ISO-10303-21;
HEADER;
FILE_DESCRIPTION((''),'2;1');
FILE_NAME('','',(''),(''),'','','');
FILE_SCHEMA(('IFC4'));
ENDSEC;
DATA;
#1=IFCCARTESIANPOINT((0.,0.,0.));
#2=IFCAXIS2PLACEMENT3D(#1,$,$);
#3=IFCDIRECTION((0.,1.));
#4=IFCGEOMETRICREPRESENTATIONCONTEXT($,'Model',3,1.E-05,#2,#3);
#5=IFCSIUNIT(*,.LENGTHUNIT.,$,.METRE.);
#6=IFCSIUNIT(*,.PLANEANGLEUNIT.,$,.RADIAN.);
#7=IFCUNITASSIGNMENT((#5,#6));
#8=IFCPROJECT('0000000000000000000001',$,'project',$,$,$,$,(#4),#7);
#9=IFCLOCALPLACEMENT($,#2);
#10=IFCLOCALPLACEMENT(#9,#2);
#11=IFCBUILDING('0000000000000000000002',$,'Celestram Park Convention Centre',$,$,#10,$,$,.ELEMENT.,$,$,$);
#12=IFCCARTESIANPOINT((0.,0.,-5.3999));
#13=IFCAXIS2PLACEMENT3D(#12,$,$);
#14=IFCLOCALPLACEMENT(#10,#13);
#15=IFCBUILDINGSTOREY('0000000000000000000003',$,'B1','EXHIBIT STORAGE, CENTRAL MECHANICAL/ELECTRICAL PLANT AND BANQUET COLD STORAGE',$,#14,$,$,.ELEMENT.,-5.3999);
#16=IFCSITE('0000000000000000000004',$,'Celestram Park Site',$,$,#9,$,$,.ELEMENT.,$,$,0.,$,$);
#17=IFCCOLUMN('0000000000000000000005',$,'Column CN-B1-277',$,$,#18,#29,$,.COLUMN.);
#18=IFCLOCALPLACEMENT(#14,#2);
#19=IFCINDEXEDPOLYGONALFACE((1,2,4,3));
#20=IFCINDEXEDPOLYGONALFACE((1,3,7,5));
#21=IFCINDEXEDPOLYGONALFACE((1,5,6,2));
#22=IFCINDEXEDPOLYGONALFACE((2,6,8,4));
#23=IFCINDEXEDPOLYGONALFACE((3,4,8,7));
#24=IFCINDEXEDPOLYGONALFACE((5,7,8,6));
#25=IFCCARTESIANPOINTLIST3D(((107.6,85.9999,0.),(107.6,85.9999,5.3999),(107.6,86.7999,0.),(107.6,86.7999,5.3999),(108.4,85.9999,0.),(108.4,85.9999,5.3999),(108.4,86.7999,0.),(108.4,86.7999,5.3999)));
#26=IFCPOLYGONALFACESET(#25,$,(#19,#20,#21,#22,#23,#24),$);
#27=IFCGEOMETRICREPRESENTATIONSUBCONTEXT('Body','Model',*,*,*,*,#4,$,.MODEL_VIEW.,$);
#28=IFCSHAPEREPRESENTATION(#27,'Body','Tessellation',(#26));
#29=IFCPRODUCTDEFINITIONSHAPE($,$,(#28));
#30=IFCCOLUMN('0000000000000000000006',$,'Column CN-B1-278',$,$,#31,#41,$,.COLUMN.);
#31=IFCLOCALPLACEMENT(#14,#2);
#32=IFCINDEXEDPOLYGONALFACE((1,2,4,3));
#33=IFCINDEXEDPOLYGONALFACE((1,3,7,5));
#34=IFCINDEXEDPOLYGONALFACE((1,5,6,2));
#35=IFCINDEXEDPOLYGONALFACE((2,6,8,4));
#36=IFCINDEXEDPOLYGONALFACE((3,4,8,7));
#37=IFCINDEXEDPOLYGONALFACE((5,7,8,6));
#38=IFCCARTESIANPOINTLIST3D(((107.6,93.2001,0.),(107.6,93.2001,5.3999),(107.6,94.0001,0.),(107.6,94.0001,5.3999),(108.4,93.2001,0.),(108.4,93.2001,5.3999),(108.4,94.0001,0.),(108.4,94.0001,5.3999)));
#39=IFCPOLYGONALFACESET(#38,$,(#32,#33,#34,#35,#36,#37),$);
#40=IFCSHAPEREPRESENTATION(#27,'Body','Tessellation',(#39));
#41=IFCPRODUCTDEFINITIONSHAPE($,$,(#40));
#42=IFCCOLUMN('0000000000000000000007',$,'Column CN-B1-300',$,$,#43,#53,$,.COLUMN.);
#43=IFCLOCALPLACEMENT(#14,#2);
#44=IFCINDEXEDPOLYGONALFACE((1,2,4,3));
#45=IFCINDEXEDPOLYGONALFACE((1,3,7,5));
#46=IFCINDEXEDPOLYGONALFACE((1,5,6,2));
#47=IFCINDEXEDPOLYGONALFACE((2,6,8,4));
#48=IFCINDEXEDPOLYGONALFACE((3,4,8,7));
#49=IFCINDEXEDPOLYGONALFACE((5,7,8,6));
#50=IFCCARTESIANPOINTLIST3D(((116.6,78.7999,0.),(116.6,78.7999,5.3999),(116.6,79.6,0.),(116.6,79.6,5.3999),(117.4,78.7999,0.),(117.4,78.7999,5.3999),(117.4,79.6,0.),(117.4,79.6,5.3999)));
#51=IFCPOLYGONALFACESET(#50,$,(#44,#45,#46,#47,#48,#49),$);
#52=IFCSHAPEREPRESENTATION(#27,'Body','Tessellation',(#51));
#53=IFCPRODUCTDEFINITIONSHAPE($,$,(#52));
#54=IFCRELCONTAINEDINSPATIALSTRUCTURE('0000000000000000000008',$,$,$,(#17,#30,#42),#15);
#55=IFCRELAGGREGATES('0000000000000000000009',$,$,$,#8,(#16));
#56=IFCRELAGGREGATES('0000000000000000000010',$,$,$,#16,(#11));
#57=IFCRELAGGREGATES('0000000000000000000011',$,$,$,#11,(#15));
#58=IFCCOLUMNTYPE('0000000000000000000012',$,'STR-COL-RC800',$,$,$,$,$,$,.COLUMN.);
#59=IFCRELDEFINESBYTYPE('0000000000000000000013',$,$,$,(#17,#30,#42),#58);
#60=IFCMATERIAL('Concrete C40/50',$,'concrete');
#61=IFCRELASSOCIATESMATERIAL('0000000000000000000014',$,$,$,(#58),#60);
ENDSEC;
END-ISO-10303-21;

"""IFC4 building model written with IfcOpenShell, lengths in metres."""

from ifc_helpers import new_model, si_unit, direction, frame, origin, origin_2d, place, context, subcontext, project, spatial, rectangle, extrude, material, material_profile, profile_set, type_object, element, save


model = new_model("IFC4")

# Units and contexts
model_context = context("Model", 3, precision=1e-05, world=origin(), true_north=direction((0.0, 1.0)))
body_context = subcontext(model_context, "Body", "Model", "MODEL_VIEW")
ifc_project = project(units=[si_unit("LENGTHUNIT", "METRE"), si_unit("PLANEANGLEUNIT", "RADIAN")], contexts=[model_context])

# Site, building, storey
site_placement = place(None, origin())
site = spatial("IfcSite", under=ifc_project, at=site_placement, Name="Celestram Park Site", CompositionType="ELEMENT", RefElevation=0.0)
building_placement = place(site_placement, origin())
building = spatial("IfcBuilding", under=site, at=building_placement, Name="Celestram Park Convention Centre", CompositionType="ELEMENT")
storey_placement = place(building_placement, frame((0.0, 0.0, -5.3999)))
storey = spatial("IfcBuildingStorey", under=building, at=storey_placement, Name="B1", Description="EXHIBIT STORAGE, CENTRAL MECHANICAL/ELECTRICAL PLANT AND BANQUET COLD STORAGE", CompositionType="ELEMENT", Elevation=-5.3999)

# Shared definitions
ifc_material_1 = material(Name="Concrete C40/50", Category="concrete")

# Columns
ifc_material_profile_1 = material_profile(ifc_material_1, rectangle(XDim=0.8, YDim=0.8, at=origin_2d()), Name="RC800X800")
ifc_profile_set_1 = profile_set([ifc_material_profile_1], Name="Concrete C40/50")
column_type = type_object("IfcColumnType", Name="STR-COL-RC800", PredefinedType="COLUMN", material=ifc_profile_set_1)
for number, where, z_axis, x_axis, name in (
    (1, (108.0, 86.3999, 0.0), (0.0, 0.0, 1.0), (1.0, 0.0, 0.0), "Column CN-B1-277"),
    (2, (108.0, 93.6001, 0.0), (0.0, 0.0, 1.0), (1.0, 0.0, 0.0), "Column CN-B1-278"),
    (3, (117.0, 79.2, 0.0), (0.0, 0.0, 1.0), (1.0, 0.0, 0.0), "Column CN-B1-300"),
):
    element("IfcColumn", number, at=place(storey_placement, frame(where, z_axis=z_axis, x_axis=x_axis)), inside=storey, type_object=column_type, Name=name, PredefinedType="COLUMN", context=body_context, shape_type="SweptSolid", body=[
        extrude(rectangle(XDim=0.8, YDim=0.8, at=origin_2d()), origin(), (0.0, 0.0, 1.0), 5.3999),
    ])

save(model, "model.ifc")
